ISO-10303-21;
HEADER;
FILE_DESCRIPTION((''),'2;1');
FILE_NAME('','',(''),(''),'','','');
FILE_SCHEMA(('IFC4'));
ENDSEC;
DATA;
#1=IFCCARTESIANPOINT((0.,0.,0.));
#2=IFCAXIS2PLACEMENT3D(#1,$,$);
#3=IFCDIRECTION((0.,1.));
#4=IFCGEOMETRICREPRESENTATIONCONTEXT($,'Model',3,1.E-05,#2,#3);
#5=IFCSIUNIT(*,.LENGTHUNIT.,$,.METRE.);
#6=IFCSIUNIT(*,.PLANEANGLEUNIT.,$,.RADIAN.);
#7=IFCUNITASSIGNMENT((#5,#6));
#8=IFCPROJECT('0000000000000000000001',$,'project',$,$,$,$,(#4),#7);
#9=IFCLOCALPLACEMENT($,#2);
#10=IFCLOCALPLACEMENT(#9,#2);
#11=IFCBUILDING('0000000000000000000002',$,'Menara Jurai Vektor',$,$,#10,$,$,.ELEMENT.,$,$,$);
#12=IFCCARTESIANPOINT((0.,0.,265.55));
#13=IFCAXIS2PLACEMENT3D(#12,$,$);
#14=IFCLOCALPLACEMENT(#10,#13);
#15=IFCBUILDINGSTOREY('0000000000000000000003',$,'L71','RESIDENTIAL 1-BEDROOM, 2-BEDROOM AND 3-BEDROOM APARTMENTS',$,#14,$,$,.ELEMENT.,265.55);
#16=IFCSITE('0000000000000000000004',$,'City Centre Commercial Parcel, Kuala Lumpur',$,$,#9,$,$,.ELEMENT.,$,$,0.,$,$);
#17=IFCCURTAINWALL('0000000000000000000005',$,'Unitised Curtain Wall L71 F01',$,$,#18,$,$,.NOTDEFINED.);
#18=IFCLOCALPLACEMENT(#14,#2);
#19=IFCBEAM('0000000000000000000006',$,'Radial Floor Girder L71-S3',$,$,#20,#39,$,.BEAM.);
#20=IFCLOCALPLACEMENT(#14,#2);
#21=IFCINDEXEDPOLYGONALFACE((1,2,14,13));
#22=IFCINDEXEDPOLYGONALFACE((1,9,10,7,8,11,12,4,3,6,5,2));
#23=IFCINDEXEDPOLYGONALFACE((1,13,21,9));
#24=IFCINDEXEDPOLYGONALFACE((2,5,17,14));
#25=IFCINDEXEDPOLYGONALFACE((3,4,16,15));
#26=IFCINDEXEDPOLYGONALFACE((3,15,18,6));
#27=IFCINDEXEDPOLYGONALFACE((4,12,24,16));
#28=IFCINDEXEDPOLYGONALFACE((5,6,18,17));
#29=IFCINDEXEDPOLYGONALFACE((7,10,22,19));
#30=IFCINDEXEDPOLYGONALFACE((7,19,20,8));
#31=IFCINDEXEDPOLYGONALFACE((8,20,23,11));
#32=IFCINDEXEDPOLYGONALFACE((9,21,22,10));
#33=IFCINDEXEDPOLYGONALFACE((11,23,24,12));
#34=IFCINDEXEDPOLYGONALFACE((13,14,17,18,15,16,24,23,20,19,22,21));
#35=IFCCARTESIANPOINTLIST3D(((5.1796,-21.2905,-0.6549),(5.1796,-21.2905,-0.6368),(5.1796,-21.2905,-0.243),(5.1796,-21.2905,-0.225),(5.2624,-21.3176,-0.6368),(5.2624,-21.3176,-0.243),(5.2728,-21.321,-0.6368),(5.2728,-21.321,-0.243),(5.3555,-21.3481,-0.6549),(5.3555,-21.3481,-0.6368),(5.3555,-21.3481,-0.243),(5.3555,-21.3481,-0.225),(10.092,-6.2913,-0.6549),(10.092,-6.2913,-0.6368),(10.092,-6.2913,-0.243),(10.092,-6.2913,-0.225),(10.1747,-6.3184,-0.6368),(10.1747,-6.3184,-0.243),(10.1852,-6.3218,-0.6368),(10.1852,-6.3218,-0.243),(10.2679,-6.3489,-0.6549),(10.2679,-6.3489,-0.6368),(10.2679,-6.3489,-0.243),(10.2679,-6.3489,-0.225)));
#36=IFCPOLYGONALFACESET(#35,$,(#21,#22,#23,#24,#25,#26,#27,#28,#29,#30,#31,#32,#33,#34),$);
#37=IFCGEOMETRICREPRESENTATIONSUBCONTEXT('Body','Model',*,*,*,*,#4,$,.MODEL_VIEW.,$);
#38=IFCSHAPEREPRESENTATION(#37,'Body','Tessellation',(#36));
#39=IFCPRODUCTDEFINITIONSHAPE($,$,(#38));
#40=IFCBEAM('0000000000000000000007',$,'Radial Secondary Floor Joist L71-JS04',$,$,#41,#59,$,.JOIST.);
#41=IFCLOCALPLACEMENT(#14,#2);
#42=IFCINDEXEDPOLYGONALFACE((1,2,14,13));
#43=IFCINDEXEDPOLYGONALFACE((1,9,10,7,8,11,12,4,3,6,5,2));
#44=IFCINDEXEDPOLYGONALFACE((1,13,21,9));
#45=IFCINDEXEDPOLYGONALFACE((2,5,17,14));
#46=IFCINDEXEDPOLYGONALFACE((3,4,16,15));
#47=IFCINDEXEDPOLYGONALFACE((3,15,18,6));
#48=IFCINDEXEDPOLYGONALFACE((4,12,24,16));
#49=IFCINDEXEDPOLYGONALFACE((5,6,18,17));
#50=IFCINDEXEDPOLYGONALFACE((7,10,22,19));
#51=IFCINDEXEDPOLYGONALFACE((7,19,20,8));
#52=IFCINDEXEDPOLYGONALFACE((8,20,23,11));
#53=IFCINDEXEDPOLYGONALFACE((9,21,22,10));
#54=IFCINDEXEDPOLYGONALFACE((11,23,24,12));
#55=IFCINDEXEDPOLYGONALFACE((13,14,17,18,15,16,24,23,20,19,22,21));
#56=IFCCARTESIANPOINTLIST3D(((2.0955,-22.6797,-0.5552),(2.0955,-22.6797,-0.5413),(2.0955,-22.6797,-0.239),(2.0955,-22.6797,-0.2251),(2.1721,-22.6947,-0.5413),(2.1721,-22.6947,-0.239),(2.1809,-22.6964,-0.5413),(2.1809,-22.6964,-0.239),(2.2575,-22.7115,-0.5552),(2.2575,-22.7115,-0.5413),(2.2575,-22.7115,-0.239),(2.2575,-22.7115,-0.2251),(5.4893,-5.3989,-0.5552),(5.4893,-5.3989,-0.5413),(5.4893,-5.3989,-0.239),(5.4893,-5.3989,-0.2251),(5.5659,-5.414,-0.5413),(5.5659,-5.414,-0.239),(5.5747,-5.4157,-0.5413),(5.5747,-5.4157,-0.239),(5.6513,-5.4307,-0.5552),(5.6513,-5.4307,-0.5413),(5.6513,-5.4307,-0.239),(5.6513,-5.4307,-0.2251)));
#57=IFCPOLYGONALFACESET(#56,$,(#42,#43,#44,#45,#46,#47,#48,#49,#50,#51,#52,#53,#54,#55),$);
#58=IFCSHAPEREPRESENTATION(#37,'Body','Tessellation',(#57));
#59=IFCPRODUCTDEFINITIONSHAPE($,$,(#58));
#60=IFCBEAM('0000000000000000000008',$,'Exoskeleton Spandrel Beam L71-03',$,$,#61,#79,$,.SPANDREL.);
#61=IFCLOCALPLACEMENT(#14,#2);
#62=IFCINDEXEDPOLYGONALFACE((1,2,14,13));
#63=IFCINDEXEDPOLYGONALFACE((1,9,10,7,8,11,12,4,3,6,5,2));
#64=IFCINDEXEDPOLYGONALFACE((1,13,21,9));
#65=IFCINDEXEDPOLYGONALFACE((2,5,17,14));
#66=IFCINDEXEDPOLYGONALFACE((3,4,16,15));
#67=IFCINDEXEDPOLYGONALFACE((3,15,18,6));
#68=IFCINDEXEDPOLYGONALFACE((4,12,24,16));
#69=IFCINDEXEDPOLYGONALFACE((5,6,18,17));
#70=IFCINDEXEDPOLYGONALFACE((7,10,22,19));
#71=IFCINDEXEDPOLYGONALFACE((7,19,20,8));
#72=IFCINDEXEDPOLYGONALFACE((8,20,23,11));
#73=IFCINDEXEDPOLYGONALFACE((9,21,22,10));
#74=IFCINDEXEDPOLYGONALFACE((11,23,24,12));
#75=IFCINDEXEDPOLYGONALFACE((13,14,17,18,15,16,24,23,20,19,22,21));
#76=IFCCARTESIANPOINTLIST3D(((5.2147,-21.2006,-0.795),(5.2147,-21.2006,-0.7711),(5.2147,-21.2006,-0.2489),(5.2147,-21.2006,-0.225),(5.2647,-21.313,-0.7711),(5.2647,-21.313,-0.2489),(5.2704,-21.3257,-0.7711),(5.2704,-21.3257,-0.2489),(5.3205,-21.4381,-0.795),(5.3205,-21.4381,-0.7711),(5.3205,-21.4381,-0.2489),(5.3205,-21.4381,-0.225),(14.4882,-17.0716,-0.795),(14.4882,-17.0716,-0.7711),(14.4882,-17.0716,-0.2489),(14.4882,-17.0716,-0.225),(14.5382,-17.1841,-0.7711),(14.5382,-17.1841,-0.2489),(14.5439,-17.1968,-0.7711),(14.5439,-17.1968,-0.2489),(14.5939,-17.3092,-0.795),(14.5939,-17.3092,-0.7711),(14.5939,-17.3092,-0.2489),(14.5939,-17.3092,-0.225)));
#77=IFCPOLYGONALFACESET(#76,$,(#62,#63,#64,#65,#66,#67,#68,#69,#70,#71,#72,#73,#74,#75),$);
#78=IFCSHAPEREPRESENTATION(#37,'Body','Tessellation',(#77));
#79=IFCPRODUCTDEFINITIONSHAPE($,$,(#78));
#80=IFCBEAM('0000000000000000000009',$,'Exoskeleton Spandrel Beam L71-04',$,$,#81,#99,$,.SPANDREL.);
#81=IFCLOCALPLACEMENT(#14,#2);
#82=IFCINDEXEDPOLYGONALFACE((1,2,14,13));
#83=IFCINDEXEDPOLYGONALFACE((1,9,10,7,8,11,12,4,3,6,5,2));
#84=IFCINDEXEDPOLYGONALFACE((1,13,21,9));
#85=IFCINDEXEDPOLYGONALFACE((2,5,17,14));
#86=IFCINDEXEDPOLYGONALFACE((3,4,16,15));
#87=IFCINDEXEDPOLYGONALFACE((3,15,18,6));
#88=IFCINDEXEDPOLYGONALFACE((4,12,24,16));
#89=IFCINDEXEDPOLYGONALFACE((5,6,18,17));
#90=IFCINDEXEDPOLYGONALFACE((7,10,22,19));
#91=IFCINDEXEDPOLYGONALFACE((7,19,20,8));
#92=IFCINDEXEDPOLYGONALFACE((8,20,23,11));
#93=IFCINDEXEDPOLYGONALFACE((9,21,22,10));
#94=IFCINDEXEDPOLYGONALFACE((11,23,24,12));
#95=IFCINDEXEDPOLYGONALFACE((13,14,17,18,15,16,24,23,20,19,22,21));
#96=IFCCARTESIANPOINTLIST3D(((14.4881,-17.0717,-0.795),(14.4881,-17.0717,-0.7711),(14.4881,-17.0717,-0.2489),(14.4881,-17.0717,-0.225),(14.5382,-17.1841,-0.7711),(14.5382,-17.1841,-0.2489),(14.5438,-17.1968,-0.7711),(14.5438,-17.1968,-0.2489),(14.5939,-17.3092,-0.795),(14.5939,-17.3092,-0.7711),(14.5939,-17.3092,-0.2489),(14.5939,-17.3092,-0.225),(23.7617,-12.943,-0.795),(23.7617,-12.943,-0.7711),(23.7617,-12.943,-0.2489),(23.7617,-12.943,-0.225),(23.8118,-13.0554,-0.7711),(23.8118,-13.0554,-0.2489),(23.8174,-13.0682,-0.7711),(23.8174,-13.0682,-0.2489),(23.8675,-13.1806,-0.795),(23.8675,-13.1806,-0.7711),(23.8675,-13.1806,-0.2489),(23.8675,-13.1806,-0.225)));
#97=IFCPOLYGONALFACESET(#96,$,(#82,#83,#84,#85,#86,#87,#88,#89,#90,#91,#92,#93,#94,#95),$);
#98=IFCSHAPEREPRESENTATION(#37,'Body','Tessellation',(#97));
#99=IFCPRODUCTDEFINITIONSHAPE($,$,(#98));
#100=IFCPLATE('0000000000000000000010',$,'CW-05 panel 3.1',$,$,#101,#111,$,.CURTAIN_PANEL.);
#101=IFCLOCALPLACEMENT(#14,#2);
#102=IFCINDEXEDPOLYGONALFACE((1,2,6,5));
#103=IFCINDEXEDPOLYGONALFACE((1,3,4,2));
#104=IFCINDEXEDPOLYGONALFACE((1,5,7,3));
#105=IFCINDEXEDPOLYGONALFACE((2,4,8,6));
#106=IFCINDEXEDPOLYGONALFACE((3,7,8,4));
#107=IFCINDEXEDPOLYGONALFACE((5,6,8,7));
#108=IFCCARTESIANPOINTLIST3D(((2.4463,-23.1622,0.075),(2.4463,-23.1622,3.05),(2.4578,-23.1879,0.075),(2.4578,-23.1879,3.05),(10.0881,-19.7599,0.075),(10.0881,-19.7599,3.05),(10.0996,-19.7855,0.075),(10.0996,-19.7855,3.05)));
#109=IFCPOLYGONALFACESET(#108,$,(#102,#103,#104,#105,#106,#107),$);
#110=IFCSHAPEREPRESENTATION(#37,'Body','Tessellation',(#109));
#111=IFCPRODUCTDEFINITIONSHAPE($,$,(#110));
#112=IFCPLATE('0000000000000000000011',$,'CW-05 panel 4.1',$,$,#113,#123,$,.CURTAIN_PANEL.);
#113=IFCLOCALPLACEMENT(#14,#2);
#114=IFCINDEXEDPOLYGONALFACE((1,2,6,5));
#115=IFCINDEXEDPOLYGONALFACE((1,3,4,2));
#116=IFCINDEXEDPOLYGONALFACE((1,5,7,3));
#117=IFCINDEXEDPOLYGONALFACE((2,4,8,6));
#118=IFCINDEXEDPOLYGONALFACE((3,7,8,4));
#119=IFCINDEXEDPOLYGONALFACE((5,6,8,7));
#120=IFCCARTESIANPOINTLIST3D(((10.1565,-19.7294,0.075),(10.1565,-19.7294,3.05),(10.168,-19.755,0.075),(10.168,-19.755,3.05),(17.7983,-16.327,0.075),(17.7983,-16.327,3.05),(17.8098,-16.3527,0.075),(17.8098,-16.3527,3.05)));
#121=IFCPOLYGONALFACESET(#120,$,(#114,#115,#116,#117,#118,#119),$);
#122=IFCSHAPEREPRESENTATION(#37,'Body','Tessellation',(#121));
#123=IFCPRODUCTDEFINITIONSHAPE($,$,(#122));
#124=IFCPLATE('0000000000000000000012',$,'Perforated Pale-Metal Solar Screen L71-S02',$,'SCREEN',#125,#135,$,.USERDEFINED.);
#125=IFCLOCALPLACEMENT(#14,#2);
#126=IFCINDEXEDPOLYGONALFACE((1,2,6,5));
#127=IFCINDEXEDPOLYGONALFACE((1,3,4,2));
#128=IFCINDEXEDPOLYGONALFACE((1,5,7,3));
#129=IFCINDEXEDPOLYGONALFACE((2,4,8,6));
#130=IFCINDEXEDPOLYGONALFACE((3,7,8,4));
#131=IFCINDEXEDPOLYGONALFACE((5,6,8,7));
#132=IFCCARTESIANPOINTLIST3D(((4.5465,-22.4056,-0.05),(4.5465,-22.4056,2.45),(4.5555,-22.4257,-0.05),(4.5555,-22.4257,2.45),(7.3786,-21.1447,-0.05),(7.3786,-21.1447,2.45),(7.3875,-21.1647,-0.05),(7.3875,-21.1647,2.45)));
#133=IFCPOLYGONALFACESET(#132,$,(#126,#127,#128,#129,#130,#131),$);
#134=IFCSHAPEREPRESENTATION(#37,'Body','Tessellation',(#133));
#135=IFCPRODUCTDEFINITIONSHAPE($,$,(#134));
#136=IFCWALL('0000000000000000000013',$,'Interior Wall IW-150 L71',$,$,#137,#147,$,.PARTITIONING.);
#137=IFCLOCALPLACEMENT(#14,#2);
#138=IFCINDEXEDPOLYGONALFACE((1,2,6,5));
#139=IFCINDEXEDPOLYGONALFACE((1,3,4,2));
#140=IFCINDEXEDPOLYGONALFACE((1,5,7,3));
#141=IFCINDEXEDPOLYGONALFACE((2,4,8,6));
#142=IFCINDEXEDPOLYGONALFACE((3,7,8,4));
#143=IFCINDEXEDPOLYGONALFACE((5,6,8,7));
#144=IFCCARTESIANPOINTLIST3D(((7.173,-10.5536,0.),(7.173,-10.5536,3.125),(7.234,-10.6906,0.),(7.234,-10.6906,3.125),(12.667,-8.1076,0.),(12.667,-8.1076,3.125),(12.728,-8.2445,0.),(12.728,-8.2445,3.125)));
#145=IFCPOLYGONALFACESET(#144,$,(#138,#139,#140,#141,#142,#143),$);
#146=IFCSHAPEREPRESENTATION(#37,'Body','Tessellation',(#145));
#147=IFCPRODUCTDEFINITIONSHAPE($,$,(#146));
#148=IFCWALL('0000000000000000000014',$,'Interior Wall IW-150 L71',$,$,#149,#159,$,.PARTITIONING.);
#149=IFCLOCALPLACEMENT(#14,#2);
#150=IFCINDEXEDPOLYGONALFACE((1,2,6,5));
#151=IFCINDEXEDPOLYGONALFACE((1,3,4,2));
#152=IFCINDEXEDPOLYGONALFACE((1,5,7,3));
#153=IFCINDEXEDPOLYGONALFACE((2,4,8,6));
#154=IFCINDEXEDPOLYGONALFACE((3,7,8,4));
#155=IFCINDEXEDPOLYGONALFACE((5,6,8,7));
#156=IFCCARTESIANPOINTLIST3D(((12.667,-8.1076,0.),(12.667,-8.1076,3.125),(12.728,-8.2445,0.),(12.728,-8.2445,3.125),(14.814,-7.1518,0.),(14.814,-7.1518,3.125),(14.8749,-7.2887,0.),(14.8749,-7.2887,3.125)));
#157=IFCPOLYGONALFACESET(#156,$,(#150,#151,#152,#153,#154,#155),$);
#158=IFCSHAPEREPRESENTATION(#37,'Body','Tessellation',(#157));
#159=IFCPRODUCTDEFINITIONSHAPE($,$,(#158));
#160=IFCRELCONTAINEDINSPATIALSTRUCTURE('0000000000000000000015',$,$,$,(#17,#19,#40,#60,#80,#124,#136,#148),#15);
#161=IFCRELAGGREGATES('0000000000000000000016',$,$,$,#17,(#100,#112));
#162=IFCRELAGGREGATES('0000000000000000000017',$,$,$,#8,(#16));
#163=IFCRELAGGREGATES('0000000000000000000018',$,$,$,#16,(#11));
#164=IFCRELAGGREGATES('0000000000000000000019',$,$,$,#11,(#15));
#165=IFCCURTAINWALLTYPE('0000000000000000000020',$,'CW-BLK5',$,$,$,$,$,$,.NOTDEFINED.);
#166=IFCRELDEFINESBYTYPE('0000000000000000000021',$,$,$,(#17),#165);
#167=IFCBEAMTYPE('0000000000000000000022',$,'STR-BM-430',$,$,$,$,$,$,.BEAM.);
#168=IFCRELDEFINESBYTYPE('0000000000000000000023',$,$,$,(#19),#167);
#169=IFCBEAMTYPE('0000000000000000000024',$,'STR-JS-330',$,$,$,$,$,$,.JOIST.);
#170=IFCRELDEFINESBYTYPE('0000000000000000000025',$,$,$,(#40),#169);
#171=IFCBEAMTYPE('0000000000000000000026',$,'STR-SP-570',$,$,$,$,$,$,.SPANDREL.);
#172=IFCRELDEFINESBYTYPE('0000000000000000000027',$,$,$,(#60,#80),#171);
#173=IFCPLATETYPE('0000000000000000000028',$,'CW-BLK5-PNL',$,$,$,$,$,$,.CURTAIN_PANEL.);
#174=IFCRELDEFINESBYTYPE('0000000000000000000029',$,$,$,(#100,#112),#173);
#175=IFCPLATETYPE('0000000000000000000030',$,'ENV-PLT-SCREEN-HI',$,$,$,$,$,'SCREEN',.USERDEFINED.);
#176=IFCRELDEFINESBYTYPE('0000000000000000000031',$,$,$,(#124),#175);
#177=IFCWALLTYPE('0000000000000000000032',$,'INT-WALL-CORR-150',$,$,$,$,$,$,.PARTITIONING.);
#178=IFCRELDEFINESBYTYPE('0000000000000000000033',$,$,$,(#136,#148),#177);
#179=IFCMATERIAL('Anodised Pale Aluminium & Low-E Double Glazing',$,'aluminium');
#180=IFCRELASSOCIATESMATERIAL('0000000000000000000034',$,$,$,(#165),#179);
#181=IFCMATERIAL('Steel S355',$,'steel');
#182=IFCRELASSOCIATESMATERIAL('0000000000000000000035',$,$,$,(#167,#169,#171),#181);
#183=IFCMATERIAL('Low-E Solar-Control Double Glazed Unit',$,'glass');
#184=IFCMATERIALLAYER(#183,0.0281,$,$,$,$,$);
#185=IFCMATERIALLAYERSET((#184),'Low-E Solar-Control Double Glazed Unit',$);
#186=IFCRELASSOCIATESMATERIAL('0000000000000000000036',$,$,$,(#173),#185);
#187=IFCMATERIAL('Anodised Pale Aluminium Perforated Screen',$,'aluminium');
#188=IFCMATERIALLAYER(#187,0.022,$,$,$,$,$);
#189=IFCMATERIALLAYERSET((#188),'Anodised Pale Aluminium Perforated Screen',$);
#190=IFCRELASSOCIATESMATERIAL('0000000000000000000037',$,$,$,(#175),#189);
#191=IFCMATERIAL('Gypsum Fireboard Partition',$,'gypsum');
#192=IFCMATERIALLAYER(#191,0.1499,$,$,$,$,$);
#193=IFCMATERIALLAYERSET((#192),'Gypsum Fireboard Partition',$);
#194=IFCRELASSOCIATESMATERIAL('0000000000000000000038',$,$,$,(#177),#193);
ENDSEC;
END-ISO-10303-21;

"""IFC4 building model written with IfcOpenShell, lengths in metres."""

from ifc_helpers import new_model, si_unit, direction, frame, frame_2d, origin, origin_2d, place, context, subcontext, project, spatial, rectangle, i_section, extrude, material, layer, layer_set, material_profile, profile_set, type_object, element, aggregate, save


model = new_model("IFC4")

# Units and contexts
model_context = context("Model", 3, precision=1e-05, world=origin(), true_north=direction((0.0, 1.0)))
body_context = subcontext(model_context, "Body", "Model", "MODEL_VIEW")
ifc_project = project(units=[si_unit("LENGTHUNIT", "METRE"), si_unit("PLANEANGLEUNIT", "RADIAN")], contexts=[model_context])

# Site, building, storey
site_placement = place(None, origin())
site = spatial("IfcSite", under=ifc_project, at=site_placement, Name="City Centre Commercial Parcel, Kuala Lumpur", CompositionType="ELEMENT", RefElevation=0.0)
building_placement = place(site_placement, origin())
building = spatial("IfcBuilding", under=site, at=building_placement, Name="Menara Jurai Vektor", CompositionType="ELEMENT")
storey_placement = place(building_placement, frame((0.0, 0.0, 265.55)))
storey = spatial("IfcBuildingStorey", under=building, at=storey_placement, Name="L71", Description="RESIDENTIAL 1-BEDROOM, 2-BEDROOM AND 3-BEDROOM APARTMENTS", CompositionType="ELEMENT", Elevation=265.55)

# Curtain wall
ifc_material_1 = material(Name="Anodised Pale Aluminium & Low-E Double Glazing", Category="aluminium")
curtain_wall_type = type_object("IfcCurtainWallType", Name="CW-BLK5", PredefinedType="NOTDEFINED", material=ifc_material_1)
curtain_wall_placement = place(storey_placement, origin())
curtain_wall = element("IfcCurtainWall", 1, at=curtain_wall_placement, inside=storey, type_object=curtain_wall_type, Name="Unitised Curtain Wall L71 F01", PredefinedType="NOTDEFINED")

# Beams
ifc_material_2 = material(Name="Steel S355", Category="steel")
ifc_material_profile_1 = material_profile(ifc_material_2, i_section(OverallWidth=0.1851, OverallDepth=0.4299, WebThickness=0.011, FlangeThickness=0.0181, at=origin_2d()), Name="PG 430x185x76")
ifc_profile_set_1 = profile_set([ifc_material_profile_1], Name="Steel S355")
beam_type_1 = type_object("IfcBeamType", Name="STR-BM-430", PredefinedType="BEAM", material=ifc_profile_set_1)
beam_1_placement = place(storey_placement, frame((5.2676, -21.3193, -0.4399), z_axis=(0.311239, 0.950332, 0.0), x_axis=(-0.950332, 0.311239, 0.0)))
element("IfcBeam", 2, at=beam_1_placement, inside=storey, type_object=beam_type_1, Name="Radial Floor Girder L71-S3", PredefinedType="BEAM", context=body_context, shape_type="SweptSolid", body=[
    extrude(i_section(OverallWidth=0.1851, OverallDepth=0.4299, WebThickness=0.011, FlangeThickness=0.0181, at=origin_2d()), origin(), (0.0, 0.0, 1.0), 15.7832),
])
ifc_material_profile_2 = material_profile(ifc_material_2, i_section(OverallWidth=0.165, OverallDepth=0.3301, WebThickness=0.009, FlangeThickness=0.0139, at=origin_2d()), Name="PG 330x165x46")
ifc_profile_set_2 = profile_set([ifc_material_profile_2], Name="Steel S355")
beam_type_2 = type_object("IfcBeamType", Name="STR-JS-330", PredefinedType="JOIST", material=ifc_profile_set_2)
beam_2_placement = place(storey_placement, frame((2.1765, -22.6956, -0.3901), z_axis=(0.192711, 0.981256, 0.0), x_axis=(-0.981256, 0.192711, 0.0)))
element("IfcBeam", 3, at=beam_2_placement, inside=storey, type_object=beam_type_2, Name="Radial Secondary Floor Joist L71-JS04", PredefinedType="JOIST", context=body_context, shape_type="SweptSolid", body=[
    extrude(i_section(OverallWidth=0.165, OverallDepth=0.3301, WebThickness=0.009, FlangeThickness=0.0139, at=origin_2d()), origin(), (0.0, 0.0, 1.0), 17.6108),
])
ifc_material_profile_3 = material_profile(ifc_material_2, i_section(OverallWidth=0.26, OverallDepth=0.5701, WebThickness=0.0139, FlangeThickness=0.0239, at=origin_2d()), Name="PG 570x260x145")
ifc_profile_set_3 = profile_set([ifc_material_profile_3], Name="Steel S355")
beam_type_3 = type_object("IfcBeamType", Name="STR-SP-570", PredefinedType="SPANDREL", material=ifc_profile_set_3)
for number, where, z_axis, x_axis, name in (
    (4, (5.2676, -21.3193, -0.51), (0.913542, 0.406745, 0.0), (-0.406745, 0.913542, 0.0), "Exoskeleton Spandrel Beam L71-03"),
    (5, (14.541, -17.1904, -0.51), (0.913554, 0.406716, 0.0), (-0.406716, 0.913554, 0.0), "Exoskeleton Spandrel Beam L71-04"),
):
    element("IfcBeam", number, at=place(storey_placement, frame(where, z_axis=z_axis, x_axis=x_axis)), inside=storey, type_object=beam_type_3, Name=name, PredefinedType="SPANDREL", context=body_context, shape_type="SweptSolid", body=[
        extrude(i_section(OverallWidth=0.26, OverallDepth=0.5701, WebThickness=0.0139, FlangeThickness=0.0239, at=origin_2d()), origin(), (0.0, 0.0, 1.0), 10.1511),
    ])

# Plates
ifc_material_3 = material(Name="Low-E Solar-Control Double Glazed Unit", Category="glass")
ifc_layer_1 = layer(ifc_material_3, 0.0281)
ifc_layer_set_1 = layer_set([ifc_layer_1], Name="Low-E Solar-Control Double Glazed Unit")
plate_type_1 = type_object("IfcPlateType", Name="CW-BLK5-PNL", PredefinedType="CURTAIN_PANEL", material=ifc_layer_set_1)
plate_1_placement = place(storey_placement, frame((6.2729, -21.4739, 0.075), z_axis=(0.0, 0.0, 1.0), x_axis=(0.913546, 0.406735, 0.0)))
plate_1 = element("IfcPlate", 6, at=plate_1_placement, type_object=plate_type_1, Name="CW-05 panel 3.1", PredefinedType="CURTAIN_PANEL", context=body_context, shape_type="SweptSolid", body=[
    extrude(rectangle(XDim=8.365, YDim=0.0281, at=origin_2d()), origin(), (0.0, 0.0, 1.0), 2.9751),
])
plate_2_placement = place(storey_placement, frame((13.9832, -18.041, 0.075), z_axis=(0.0, 0.0, 1.0), x_axis=(0.913546, 0.406735, 0.0)))
plate_2 = element("IfcPlate", 7, at=plate_2_placement, type_object=plate_type_1, Name="CW-05 panel 4.1", PredefinedType="CURTAIN_PANEL", context=body_context, shape_type="SweptSolid", body=[
    extrude(rectangle(XDim=8.365, YDim=0.0281, at=origin_2d()), origin(), (0.0, 0.0, 1.0), 2.9751),
])
aggregate(curtain_wall, [plate_1, plate_2])
ifc_material_4 = material(Name="Anodised Pale Aluminium Perforated Screen", Category="aluminium")
ifc_layer_2 = layer(ifc_material_4, 0.022)
ifc_layer_set_2 = layer_set([ifc_layer_2], Name="Anodised Pale Aluminium Perforated Screen")
plate_type_2 = type_object("IfcPlateType", Name="ENV-PLT-SCREEN-HI", ElementType="SCREEN", PredefinedType="USERDEFINED", material=ifc_layer_set_2)
plate_3_placement = place(storey_placement, frame((5.967, -21.7852, -0.05), z_axis=(0.0, 0.0, 1.0), x_axis=(0.913545, 0.406737, 0.0)))
element("IfcPlate", 8, at=plate_3_placement, inside=storey, type_object=plate_type_2, Name="Perforated Pale-Metal Solar Screen L71-S02", ObjectType="SCREEN", PredefinedType="USERDEFINED", context=body_context, shape_type="SweptSolid", body=[
    extrude(rectangle(XDim=3.1001, YDim=0.022, at=origin_2d()), origin(), (0.0, 0.0, 1.0), 2.5),
])

# Walls
ifc_material_5 = material(Name="Gypsum Fireboard Partition", Category="gypsum")
ifc_layer_3 = layer(ifc_material_5, 0.1499)
ifc_layer_set_3 = layer_set([ifc_layer_3], Name="Gypsum Fireboard Partition")
wall_type = type_object("IfcWallType", Name="INT-WALL-CORR-150", PredefinedType="PARTITIONING", material=ifc_layer_set_3)
wall_1_placement = place(storey_placement, frame((7.2036, -10.6221, 0.0), z_axis=(0.0, 0.0, 1.0), x_axis=(0.913545, 0.406737, 0.0)))
element("IfcWall", 9, at=wall_1_placement, inside=storey, type_object=wall_type, Name="Interior Wall IW-150 L71", PredefinedType="PARTITIONING", context=body_context, shape_type="SweptSolid", body=[
    extrude(rectangle(XDim=6.0139, YDim=0.1499, at=frame_2d((3.0068, 0.0))), origin(), (0.0, 0.0, 1.0), 3.125),
])
wall_2_placement = place(storey_placement, frame((12.6975, -8.176, 0.0), z_axis=(0.0, 0.0, 1.0), x_axis=(0.913559, 0.406707, 0.0)))
element("IfcWall", 10, at=wall_2_placement, inside=storey, type_object=wall_type, Name="Interior Wall IW-150 L71", PredefinedType="PARTITIONING", context=body_context, shape_type="SweptSolid", body=[
    extrude(rectangle(XDim=2.3501, YDim=0.1499, at=frame_2d((1.175, 0.0))), origin(), (0.0, 0.0, 1.0), 3.125),
])

save(model, "model.ifc")
